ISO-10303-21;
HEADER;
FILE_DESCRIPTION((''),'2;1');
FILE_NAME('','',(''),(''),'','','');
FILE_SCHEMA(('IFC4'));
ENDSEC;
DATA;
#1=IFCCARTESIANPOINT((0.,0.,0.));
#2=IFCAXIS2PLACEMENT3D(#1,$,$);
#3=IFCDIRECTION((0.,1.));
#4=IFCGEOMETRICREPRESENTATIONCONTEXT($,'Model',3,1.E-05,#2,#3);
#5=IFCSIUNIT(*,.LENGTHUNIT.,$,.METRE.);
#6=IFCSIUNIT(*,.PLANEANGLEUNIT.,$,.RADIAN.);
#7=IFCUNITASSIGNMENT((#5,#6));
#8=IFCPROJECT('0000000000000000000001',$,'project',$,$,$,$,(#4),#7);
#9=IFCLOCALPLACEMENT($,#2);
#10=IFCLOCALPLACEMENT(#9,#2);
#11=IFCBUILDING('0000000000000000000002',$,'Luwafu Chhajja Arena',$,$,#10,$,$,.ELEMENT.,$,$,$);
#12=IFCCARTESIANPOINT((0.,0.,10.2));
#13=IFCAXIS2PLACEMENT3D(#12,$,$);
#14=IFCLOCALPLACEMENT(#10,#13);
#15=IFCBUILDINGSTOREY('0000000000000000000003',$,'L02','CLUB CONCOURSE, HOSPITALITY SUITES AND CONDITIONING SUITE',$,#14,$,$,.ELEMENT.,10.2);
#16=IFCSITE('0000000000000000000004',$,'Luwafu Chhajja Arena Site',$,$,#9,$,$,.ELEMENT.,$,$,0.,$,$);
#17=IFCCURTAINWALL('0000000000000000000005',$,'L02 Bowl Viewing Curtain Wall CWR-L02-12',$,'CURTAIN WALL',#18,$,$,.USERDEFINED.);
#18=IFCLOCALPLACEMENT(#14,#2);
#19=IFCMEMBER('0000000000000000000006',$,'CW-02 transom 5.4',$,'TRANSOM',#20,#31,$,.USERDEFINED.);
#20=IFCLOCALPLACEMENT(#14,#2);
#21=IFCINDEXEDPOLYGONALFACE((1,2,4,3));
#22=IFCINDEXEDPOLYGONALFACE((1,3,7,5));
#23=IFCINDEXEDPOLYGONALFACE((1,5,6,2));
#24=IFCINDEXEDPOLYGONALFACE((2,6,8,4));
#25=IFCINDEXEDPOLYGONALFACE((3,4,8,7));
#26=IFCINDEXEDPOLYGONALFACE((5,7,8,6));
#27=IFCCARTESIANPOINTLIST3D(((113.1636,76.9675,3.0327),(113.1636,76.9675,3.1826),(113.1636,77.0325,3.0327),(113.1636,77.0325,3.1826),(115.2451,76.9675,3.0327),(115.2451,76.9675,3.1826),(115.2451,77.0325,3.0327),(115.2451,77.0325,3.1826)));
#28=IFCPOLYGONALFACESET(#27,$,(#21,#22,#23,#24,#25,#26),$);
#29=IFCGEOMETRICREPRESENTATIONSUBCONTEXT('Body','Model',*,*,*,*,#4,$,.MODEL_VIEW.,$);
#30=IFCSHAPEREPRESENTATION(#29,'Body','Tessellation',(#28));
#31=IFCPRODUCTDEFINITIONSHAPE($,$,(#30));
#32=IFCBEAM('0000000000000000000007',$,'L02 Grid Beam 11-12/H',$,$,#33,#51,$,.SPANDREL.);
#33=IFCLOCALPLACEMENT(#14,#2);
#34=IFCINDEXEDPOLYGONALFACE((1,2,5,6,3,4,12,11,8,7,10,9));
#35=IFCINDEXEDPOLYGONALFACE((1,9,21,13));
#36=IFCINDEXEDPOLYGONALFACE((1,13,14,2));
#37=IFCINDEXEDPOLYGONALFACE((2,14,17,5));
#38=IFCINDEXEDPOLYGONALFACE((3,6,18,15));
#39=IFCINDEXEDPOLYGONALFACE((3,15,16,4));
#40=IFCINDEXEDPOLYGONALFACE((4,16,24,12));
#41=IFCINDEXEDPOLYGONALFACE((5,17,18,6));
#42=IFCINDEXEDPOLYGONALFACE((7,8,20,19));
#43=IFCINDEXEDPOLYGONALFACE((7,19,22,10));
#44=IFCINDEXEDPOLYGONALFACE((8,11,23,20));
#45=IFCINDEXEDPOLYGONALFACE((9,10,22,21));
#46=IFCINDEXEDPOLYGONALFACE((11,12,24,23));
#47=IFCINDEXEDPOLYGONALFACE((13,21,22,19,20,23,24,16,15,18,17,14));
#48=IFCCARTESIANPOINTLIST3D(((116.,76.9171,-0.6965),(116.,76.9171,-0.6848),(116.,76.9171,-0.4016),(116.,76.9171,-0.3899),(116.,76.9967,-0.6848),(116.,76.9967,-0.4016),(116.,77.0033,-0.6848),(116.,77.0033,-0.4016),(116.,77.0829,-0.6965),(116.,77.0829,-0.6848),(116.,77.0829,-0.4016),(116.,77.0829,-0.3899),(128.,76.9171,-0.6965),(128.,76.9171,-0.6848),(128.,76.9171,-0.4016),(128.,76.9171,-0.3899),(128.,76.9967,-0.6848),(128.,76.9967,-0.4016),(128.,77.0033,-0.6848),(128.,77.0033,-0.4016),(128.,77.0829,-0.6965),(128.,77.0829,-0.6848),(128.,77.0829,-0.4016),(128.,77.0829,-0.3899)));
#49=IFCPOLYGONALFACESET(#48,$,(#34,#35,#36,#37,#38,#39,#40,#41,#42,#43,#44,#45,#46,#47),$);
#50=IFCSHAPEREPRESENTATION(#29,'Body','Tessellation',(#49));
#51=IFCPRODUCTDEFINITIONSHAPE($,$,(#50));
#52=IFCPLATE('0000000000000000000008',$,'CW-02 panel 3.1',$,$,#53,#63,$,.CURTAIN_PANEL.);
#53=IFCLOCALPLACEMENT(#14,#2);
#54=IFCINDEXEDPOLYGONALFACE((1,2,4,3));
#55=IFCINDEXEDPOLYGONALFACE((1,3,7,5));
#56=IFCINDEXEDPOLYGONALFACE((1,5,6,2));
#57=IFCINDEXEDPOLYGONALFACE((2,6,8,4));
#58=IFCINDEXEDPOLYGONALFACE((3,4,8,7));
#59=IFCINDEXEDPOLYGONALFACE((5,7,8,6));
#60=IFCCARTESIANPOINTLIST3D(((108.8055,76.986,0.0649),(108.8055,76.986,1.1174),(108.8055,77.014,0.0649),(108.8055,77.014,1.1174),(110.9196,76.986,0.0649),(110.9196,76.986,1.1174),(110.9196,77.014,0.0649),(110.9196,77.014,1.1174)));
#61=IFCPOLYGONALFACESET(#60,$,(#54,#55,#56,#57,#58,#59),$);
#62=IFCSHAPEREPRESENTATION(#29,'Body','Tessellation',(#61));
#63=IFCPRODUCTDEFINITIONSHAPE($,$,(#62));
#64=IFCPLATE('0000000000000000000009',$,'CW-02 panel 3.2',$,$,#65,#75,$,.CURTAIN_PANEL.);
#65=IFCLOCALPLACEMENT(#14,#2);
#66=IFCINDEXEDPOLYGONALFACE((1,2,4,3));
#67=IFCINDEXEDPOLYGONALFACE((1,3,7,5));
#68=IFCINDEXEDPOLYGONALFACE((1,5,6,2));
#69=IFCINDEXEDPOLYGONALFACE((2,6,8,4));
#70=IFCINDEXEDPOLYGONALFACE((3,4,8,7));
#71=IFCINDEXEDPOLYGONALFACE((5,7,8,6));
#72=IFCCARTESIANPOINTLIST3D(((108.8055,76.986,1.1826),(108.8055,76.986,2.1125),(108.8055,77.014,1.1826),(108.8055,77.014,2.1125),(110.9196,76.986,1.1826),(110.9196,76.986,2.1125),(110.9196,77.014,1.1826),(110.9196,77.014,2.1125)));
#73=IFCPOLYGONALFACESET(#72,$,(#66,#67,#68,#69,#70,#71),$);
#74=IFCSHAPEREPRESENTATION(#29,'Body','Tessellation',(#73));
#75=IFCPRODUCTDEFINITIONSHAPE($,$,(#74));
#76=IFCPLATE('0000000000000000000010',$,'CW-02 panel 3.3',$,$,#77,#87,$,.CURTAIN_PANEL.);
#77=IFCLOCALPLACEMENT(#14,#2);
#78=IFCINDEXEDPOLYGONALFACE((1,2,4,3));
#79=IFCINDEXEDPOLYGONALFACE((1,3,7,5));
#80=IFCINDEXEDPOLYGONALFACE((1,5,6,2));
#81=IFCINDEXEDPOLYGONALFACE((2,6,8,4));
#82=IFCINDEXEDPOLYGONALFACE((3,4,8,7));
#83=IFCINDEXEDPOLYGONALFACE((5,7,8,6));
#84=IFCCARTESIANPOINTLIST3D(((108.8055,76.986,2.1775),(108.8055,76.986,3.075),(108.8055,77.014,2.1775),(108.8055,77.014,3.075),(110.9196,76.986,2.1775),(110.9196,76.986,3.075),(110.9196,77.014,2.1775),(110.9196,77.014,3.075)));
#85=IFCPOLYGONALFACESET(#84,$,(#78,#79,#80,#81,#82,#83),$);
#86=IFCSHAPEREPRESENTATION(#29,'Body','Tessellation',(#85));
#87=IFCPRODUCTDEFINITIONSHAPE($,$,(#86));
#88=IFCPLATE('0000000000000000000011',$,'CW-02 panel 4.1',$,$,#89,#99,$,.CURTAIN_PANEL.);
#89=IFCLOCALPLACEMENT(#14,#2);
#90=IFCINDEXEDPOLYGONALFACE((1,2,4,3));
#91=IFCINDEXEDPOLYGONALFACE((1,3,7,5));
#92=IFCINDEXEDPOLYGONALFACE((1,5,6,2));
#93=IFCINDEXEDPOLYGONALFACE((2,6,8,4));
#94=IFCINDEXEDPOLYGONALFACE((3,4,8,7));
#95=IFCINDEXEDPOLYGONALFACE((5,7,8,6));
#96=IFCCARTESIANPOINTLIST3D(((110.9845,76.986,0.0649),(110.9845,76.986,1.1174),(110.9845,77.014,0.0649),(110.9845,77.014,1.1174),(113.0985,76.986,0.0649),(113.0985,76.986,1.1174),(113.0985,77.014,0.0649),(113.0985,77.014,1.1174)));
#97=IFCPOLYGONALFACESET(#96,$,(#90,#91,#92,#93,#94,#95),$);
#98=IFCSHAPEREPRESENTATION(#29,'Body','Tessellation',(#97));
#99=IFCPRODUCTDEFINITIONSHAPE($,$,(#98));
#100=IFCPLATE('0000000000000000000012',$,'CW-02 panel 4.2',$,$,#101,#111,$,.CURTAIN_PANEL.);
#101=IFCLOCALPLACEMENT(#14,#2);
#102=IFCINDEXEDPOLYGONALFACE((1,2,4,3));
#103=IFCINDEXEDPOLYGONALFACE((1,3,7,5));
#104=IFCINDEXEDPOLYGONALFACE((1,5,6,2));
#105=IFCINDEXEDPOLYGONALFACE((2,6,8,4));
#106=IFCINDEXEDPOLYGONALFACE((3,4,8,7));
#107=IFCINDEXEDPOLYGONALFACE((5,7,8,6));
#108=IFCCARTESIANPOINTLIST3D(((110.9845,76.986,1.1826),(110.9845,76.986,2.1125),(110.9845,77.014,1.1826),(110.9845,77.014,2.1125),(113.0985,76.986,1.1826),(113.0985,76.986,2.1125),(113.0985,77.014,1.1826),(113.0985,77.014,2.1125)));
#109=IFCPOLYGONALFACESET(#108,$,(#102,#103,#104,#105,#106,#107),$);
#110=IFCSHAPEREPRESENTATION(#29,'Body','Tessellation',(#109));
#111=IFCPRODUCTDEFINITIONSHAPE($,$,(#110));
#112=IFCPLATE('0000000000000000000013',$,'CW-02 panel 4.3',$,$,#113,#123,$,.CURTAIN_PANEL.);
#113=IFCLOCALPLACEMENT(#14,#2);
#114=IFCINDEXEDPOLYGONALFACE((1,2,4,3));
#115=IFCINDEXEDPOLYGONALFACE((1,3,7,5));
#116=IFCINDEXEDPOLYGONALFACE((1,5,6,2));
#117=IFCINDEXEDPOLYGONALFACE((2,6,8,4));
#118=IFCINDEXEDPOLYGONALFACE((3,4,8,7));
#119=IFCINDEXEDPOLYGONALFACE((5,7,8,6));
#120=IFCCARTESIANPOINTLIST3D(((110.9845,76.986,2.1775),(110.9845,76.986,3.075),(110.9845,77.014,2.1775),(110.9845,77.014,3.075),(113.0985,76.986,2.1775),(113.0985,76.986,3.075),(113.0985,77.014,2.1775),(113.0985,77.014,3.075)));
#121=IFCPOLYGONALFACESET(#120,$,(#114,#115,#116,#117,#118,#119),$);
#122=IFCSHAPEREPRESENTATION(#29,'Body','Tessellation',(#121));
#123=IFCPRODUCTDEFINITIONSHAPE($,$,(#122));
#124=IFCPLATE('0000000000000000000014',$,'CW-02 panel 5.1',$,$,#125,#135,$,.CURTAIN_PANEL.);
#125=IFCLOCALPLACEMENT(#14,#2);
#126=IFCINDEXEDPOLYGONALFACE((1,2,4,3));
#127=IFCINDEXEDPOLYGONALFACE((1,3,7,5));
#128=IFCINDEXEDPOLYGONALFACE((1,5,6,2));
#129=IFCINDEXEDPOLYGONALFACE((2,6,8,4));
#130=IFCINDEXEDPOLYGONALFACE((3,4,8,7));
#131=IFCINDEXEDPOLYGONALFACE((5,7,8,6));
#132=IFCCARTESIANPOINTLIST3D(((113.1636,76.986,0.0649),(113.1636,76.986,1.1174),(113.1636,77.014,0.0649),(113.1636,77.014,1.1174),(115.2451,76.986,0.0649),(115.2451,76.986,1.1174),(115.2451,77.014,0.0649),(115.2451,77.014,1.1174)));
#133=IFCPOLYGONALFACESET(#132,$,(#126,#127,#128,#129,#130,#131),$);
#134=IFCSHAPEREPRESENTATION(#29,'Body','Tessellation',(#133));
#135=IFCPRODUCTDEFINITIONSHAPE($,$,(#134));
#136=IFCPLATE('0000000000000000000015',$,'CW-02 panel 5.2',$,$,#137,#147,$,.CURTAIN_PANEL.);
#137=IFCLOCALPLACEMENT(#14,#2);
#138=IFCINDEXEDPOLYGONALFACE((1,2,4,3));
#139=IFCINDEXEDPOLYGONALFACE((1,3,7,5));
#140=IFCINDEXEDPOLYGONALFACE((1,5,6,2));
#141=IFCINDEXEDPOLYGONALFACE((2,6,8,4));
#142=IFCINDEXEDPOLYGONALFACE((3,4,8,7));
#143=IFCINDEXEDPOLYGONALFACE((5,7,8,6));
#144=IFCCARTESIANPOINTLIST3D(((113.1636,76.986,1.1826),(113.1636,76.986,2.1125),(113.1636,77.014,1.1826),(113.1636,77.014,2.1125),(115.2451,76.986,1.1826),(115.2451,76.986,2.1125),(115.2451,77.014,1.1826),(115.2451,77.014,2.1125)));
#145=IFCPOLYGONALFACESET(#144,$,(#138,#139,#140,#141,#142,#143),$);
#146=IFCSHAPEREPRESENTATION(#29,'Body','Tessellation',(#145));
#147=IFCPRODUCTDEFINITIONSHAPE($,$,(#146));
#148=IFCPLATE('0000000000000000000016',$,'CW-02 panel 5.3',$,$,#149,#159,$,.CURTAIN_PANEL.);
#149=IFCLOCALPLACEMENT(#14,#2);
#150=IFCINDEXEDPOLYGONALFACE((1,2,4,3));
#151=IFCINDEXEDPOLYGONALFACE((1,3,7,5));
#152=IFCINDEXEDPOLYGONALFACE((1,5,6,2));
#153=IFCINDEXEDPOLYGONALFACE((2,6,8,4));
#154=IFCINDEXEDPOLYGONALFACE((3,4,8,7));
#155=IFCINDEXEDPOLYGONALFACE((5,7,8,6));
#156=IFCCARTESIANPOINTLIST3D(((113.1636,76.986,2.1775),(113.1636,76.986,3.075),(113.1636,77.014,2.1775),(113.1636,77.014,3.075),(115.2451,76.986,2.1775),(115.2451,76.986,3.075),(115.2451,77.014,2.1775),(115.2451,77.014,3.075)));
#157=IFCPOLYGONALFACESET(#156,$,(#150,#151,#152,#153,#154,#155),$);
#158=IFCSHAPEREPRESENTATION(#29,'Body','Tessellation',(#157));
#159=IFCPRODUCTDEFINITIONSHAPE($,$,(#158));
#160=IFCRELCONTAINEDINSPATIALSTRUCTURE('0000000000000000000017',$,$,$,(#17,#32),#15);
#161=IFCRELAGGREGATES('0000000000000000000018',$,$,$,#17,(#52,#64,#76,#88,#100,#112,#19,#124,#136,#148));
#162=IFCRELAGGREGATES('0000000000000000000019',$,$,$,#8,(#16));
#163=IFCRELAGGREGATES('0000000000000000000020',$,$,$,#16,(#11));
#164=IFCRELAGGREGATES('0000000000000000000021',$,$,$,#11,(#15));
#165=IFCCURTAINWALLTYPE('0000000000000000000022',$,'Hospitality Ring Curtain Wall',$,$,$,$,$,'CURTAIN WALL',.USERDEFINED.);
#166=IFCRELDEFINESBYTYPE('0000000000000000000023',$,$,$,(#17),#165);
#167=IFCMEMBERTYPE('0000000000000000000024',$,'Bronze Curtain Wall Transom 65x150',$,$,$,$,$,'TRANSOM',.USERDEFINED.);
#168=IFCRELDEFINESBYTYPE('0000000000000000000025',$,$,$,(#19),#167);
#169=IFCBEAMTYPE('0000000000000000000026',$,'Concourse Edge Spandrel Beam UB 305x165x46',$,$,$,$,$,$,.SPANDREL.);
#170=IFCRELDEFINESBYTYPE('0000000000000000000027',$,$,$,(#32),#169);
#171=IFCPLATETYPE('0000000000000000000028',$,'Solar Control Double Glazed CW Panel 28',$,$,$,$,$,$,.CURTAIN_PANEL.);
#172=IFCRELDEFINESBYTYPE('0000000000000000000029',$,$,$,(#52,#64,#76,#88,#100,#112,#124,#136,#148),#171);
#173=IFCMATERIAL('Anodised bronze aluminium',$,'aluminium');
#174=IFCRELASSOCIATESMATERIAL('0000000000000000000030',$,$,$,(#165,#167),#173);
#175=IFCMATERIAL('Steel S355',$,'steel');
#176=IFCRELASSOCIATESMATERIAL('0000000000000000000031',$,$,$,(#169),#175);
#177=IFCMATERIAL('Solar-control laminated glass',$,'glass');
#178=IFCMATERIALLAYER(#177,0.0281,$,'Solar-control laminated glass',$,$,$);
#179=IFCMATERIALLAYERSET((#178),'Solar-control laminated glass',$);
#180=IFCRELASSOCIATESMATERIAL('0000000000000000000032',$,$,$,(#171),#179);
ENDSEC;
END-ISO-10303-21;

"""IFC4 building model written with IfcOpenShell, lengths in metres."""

from ifc_helpers import new_model, si_unit, direction, frame, origin, origin_2d, place, context, subcontext, project, spatial, rectangle, i_section, extrude, material, layer, layer_set, material_profile, profile_set, type_object, element, aggregate, save


model = new_model("IFC4")

# Units and contexts
model_context = context("Model", 3, precision=1e-05, world=origin(), true_north=direction((0.0, 1.0)))
body_context = subcontext(model_context, "Body", "Model", "MODEL_VIEW")
ifc_project = project(units=[si_unit("LENGTHUNIT", "METRE"), si_unit("PLANEANGLEUNIT", "RADIAN")], contexts=[model_context])

# Site, building, storey
site_placement = place(None, origin())
site = spatial("IfcSite", under=ifc_project, at=site_placement, Name="Luwafu Chhajja Arena Site", CompositionType="ELEMENT", RefElevation=0.0)
building_placement = place(site_placement, origin())
building = spatial("IfcBuilding", under=site, at=building_placement, Name="Luwafu Chhajja Arena", CompositionType="ELEMENT")
storey_placement = place(building_placement, frame((0.0, 0.0, 10.2)))
storey = spatial("IfcBuildingStorey", under=building, at=storey_placement, Name="L02", Description="CLUB CONCOURSE, HOSPITALITY SUITES AND CONDITIONING SUITE", CompositionType="ELEMENT", Elevation=10.2)

# Shared definitions
ifc_material_1 = material(Name="Steel S355", Category="steel")

# Curtain wall, member
ifc_material_2 = material(Name="Anodised bronze aluminium", Category="aluminium")
curtain_wall_type = type_object("IfcCurtainWallType", Name="Hospitality Ring Curtain Wall", ElementType="CURTAIN WALL", PredefinedType="USERDEFINED", material=ifc_material_2)
curtain_wall_placement = place(storey_placement, origin())
curtain_wall = element("IfcCurtainWall", 1, at=curtain_wall_placement, inside=storey, type_object=curtain_wall_type, Name="L02 Bowl Viewing Curtain Wall CWR-L02-12", ObjectType="CURTAIN WALL", PredefinedType="USERDEFINED")
ifc_material_profile_1 = material_profile(ifc_material_2, rectangle(XDim=0.0649, YDim=0.1499, at=origin_2d()), Name="CWT 65x150")
ifc_profile_set_1 = profile_set([ifc_material_profile_1], Name="Anodised bronze aluminium")
member_type_1 = type_object("IfcMemberType", Name="Bronze Curtain Wall Transom 65x150", ElementType="TRANSOM", PredefinedType="USERDEFINED", material=ifc_profile_set_1)
member_1_placement = place(storey_placement, frame((113.1636, 77.0, 3.1077), z_axis=(1.0, 0.0, 0.0), x_axis=(0.0, 1.0, 0.0)))
member_1 = element("IfcMember", 2, at=member_1_placement, type_object=member_type_1, Name="CW-02 transom 5.4", ObjectType="TRANSOM", PredefinedType="USERDEFINED", context=body_context, shape_type="SweptSolid", body=[
    extrude(rectangle(XDim=0.0649, YDim=0.1499, at=origin_2d()), origin(), (0.0, 0.0, 1.0), 2.0815),
])

# Beam
ifc_material_profile_2 = material_profile(ifc_material_1, i_section(OverallWidth=0.1658, OverallDepth=0.3066, WebThickness=0.0066, FlangeThickness=0.0117, at=origin_2d()), Name="UB 305x165x46")
ifc_profile_set_2 = profile_set([ifc_material_profile_2], Name="Steel S355")
beam_type = type_object("IfcBeamType", Name="Concourse Edge Spandrel Beam UB 305x165x46", PredefinedType="SPANDREL", material=ifc_profile_set_2)
beam_placement = place(storey_placement, frame((116.0, 77.0, -0.5432), z_axis=(1.0, 0.0, 0.0), x_axis=(0.0, 1.0, 0.0)))
element("IfcBeam", 3, at=beam_placement, inside=storey, type_object=beam_type, Name="L02 Grid Beam 11-12/H", PredefinedType="SPANDREL", context=body_context, shape_type="SweptSolid", body=[
    extrude(i_section(OverallWidth=0.1658, OverallDepth=0.3066, WebThickness=0.0066, FlangeThickness=0.0117, at=origin_2d()), origin(), (0.0, 0.0, 1.0), 12.0),
])

# Plates
ifc_material_3 = material(Name="Solar-control laminated glass", Category="glass")
ifc_layer = layer(ifc_material_3, 0.0281, Name="Solar-control laminated glass")
ifc_layer_set = layer_set([ifc_layer], Name="Solar-control laminated glass")
plate_type = type_object("IfcPlateType", Name="Solar Control Double Glazed CW Panel 28", PredefinedType="CURTAIN_PANEL", material=ifc_layer_set)
plate_1_placement = place(storey_placement, frame((109.8625, 77.0, 0.0649), z_axis=(0.0, 0.0, 1.0), x_axis=(1.0, 0.0, 0.0)))
plate_1 = element("IfcPlate", 4, at=plate_1_placement, type_object=plate_type, Name="CW-02 panel 3.1", PredefinedType="CURTAIN_PANEL", context=body_context, shape_type="SweptSolid", body=[
    extrude(rectangle(XDim=2.114, YDim=0.0281, at=origin_2d()), origin(), (0.0, 0.0, 1.0), 1.0525),
])
plate_2_placement = place(storey_placement, frame((109.8625, 77.0, 1.1826), z_axis=(0.0, 0.0, 1.0), x_axis=(1.0, 0.0, 0.0)))
plate_2 = element("IfcPlate", 5, at=plate_2_placement, type_object=plate_type, Name="CW-02 panel 3.2", PredefinedType="CURTAIN_PANEL", context=body_context, shape_type="SweptSolid", body=[
    extrude(rectangle(XDim=2.114, YDim=0.0281, at=origin_2d()), origin(), (0.0, 0.0, 1.0), 0.9299),
])
plate_3_placement = place(storey_placement, frame((109.8625, 77.0, 2.1775), z_axis=(0.0, 0.0, 1.0), x_axis=(1.0, 0.0, 0.0)))
plate_3 = element("IfcPlate", 6, at=plate_3_placement, type_object=plate_type, Name="CW-02 panel 3.3", PredefinedType="CURTAIN_PANEL", context=body_context, shape_type="SweptSolid", body=[
    extrude(rectangle(XDim=2.114, YDim=0.0281, at=origin_2d()), origin(), (0.0, 0.0, 1.0), 0.8975),
])
plate_4_placement = place(storey_placement, frame((112.0415, 77.0, 0.0649), z_axis=(0.0, 0.0, 1.0), x_axis=(1.0, 0.0, 0.0)))
plate_4 = element("IfcPlate", 7, at=plate_4_placement, type_object=plate_type, Name="CW-02 panel 4.1", PredefinedType="CURTAIN_PANEL", context=body_context, shape_type="SweptSolid", body=[
    extrude(rectangle(XDim=2.114, YDim=0.0281, at=origin_2d()), origin(), (0.0, 0.0, 1.0), 1.0525),
])
plate_5_placement = place(storey_placement, frame((112.0415, 77.0, 1.1826), z_axis=(0.0, 0.0, 1.0), x_axis=(1.0, 0.0, 0.0)))
plate_5 = element("IfcPlate", 8, at=plate_5_placement, type_object=plate_type, Name="CW-02 panel 4.2", PredefinedType="CURTAIN_PANEL", context=body_context, shape_type="SweptSolid", body=[
    extrude(rectangle(XDim=2.114, YDim=0.0281, at=origin_2d()), origin(), (0.0, 0.0, 1.0), 0.9299),
])
plate_6_placement = place(storey_placement, frame((112.0415, 77.0, 2.1775), z_axis=(0.0, 0.0, 1.0), x_axis=(1.0, 0.0, 0.0)))
plate_6 = element("IfcPlate", 9, at=plate_6_placement, type_object=plate_type, Name="CW-02 panel 4.3", PredefinedType="CURTAIN_PANEL", context=body_context, shape_type="SweptSolid", body=[
    extrude(rectangle(XDim=2.114, YDim=0.0281, at=origin_2d()), origin(), (0.0, 0.0, 1.0), 0.8975),
])
plate_7_placement = place(storey_placement, frame((114.2043, 77.0, 0.0649), z_axis=(0.0, 0.0, 1.0), x_axis=(1.0, 0.0, 0.0)))
plate_7 = element("IfcPlate", 10, at=plate_7_placement, type_object=plate_type, Name="CW-02 panel 5.1", PredefinedType="CURTAIN_PANEL", context=body_context, shape_type="SweptSolid", body=[
    extrude(rectangle(XDim=2.0815, YDim=0.0281, at=origin_2d()), origin(), (0.0, 0.0, 1.0), 1.0525),
])
plate_8_placement = place(storey_placement, frame((114.2043, 77.0, 1.1826), z_axis=(0.0, 0.0, 1.0), x_axis=(1.0, 0.0, 0.0)))
plate_8 = element("IfcPlate", 11, at=plate_8_placement, type_object=plate_type, Name="CW-02 panel 5.2", PredefinedType="CURTAIN_PANEL", context=body_context, shape_type="SweptSolid", body=[
    extrude(rectangle(XDim=2.0815, YDim=0.0281, at=origin_2d()), origin(), (0.0, 0.0, 1.0), 0.9299),
])
plate_9_placement = place(storey_placement, frame((114.2043, 77.0, 2.1775), z_axis=(0.0, 0.0, 1.0), x_axis=(1.0, 0.0, 0.0)))
plate_9 = element("IfcPlate", 12, at=plate_9_placement, type_object=plate_type, Name="CW-02 panel 5.3", PredefinedType="CURTAIN_PANEL", context=body_context, shape_type="SweptSolid", body=[
    extrude(rectangle(XDim=2.0815, YDim=0.0281, at=origin_2d()), origin(), (0.0, 0.0, 1.0), 0.8975),
])
aggregate(curtain_wall, [plate_1, plate_2, plate_3, plate_4, plate_5, plate_6, member_1, plate_7, plate_8, plate_9])

save(model, "model.ifc")
